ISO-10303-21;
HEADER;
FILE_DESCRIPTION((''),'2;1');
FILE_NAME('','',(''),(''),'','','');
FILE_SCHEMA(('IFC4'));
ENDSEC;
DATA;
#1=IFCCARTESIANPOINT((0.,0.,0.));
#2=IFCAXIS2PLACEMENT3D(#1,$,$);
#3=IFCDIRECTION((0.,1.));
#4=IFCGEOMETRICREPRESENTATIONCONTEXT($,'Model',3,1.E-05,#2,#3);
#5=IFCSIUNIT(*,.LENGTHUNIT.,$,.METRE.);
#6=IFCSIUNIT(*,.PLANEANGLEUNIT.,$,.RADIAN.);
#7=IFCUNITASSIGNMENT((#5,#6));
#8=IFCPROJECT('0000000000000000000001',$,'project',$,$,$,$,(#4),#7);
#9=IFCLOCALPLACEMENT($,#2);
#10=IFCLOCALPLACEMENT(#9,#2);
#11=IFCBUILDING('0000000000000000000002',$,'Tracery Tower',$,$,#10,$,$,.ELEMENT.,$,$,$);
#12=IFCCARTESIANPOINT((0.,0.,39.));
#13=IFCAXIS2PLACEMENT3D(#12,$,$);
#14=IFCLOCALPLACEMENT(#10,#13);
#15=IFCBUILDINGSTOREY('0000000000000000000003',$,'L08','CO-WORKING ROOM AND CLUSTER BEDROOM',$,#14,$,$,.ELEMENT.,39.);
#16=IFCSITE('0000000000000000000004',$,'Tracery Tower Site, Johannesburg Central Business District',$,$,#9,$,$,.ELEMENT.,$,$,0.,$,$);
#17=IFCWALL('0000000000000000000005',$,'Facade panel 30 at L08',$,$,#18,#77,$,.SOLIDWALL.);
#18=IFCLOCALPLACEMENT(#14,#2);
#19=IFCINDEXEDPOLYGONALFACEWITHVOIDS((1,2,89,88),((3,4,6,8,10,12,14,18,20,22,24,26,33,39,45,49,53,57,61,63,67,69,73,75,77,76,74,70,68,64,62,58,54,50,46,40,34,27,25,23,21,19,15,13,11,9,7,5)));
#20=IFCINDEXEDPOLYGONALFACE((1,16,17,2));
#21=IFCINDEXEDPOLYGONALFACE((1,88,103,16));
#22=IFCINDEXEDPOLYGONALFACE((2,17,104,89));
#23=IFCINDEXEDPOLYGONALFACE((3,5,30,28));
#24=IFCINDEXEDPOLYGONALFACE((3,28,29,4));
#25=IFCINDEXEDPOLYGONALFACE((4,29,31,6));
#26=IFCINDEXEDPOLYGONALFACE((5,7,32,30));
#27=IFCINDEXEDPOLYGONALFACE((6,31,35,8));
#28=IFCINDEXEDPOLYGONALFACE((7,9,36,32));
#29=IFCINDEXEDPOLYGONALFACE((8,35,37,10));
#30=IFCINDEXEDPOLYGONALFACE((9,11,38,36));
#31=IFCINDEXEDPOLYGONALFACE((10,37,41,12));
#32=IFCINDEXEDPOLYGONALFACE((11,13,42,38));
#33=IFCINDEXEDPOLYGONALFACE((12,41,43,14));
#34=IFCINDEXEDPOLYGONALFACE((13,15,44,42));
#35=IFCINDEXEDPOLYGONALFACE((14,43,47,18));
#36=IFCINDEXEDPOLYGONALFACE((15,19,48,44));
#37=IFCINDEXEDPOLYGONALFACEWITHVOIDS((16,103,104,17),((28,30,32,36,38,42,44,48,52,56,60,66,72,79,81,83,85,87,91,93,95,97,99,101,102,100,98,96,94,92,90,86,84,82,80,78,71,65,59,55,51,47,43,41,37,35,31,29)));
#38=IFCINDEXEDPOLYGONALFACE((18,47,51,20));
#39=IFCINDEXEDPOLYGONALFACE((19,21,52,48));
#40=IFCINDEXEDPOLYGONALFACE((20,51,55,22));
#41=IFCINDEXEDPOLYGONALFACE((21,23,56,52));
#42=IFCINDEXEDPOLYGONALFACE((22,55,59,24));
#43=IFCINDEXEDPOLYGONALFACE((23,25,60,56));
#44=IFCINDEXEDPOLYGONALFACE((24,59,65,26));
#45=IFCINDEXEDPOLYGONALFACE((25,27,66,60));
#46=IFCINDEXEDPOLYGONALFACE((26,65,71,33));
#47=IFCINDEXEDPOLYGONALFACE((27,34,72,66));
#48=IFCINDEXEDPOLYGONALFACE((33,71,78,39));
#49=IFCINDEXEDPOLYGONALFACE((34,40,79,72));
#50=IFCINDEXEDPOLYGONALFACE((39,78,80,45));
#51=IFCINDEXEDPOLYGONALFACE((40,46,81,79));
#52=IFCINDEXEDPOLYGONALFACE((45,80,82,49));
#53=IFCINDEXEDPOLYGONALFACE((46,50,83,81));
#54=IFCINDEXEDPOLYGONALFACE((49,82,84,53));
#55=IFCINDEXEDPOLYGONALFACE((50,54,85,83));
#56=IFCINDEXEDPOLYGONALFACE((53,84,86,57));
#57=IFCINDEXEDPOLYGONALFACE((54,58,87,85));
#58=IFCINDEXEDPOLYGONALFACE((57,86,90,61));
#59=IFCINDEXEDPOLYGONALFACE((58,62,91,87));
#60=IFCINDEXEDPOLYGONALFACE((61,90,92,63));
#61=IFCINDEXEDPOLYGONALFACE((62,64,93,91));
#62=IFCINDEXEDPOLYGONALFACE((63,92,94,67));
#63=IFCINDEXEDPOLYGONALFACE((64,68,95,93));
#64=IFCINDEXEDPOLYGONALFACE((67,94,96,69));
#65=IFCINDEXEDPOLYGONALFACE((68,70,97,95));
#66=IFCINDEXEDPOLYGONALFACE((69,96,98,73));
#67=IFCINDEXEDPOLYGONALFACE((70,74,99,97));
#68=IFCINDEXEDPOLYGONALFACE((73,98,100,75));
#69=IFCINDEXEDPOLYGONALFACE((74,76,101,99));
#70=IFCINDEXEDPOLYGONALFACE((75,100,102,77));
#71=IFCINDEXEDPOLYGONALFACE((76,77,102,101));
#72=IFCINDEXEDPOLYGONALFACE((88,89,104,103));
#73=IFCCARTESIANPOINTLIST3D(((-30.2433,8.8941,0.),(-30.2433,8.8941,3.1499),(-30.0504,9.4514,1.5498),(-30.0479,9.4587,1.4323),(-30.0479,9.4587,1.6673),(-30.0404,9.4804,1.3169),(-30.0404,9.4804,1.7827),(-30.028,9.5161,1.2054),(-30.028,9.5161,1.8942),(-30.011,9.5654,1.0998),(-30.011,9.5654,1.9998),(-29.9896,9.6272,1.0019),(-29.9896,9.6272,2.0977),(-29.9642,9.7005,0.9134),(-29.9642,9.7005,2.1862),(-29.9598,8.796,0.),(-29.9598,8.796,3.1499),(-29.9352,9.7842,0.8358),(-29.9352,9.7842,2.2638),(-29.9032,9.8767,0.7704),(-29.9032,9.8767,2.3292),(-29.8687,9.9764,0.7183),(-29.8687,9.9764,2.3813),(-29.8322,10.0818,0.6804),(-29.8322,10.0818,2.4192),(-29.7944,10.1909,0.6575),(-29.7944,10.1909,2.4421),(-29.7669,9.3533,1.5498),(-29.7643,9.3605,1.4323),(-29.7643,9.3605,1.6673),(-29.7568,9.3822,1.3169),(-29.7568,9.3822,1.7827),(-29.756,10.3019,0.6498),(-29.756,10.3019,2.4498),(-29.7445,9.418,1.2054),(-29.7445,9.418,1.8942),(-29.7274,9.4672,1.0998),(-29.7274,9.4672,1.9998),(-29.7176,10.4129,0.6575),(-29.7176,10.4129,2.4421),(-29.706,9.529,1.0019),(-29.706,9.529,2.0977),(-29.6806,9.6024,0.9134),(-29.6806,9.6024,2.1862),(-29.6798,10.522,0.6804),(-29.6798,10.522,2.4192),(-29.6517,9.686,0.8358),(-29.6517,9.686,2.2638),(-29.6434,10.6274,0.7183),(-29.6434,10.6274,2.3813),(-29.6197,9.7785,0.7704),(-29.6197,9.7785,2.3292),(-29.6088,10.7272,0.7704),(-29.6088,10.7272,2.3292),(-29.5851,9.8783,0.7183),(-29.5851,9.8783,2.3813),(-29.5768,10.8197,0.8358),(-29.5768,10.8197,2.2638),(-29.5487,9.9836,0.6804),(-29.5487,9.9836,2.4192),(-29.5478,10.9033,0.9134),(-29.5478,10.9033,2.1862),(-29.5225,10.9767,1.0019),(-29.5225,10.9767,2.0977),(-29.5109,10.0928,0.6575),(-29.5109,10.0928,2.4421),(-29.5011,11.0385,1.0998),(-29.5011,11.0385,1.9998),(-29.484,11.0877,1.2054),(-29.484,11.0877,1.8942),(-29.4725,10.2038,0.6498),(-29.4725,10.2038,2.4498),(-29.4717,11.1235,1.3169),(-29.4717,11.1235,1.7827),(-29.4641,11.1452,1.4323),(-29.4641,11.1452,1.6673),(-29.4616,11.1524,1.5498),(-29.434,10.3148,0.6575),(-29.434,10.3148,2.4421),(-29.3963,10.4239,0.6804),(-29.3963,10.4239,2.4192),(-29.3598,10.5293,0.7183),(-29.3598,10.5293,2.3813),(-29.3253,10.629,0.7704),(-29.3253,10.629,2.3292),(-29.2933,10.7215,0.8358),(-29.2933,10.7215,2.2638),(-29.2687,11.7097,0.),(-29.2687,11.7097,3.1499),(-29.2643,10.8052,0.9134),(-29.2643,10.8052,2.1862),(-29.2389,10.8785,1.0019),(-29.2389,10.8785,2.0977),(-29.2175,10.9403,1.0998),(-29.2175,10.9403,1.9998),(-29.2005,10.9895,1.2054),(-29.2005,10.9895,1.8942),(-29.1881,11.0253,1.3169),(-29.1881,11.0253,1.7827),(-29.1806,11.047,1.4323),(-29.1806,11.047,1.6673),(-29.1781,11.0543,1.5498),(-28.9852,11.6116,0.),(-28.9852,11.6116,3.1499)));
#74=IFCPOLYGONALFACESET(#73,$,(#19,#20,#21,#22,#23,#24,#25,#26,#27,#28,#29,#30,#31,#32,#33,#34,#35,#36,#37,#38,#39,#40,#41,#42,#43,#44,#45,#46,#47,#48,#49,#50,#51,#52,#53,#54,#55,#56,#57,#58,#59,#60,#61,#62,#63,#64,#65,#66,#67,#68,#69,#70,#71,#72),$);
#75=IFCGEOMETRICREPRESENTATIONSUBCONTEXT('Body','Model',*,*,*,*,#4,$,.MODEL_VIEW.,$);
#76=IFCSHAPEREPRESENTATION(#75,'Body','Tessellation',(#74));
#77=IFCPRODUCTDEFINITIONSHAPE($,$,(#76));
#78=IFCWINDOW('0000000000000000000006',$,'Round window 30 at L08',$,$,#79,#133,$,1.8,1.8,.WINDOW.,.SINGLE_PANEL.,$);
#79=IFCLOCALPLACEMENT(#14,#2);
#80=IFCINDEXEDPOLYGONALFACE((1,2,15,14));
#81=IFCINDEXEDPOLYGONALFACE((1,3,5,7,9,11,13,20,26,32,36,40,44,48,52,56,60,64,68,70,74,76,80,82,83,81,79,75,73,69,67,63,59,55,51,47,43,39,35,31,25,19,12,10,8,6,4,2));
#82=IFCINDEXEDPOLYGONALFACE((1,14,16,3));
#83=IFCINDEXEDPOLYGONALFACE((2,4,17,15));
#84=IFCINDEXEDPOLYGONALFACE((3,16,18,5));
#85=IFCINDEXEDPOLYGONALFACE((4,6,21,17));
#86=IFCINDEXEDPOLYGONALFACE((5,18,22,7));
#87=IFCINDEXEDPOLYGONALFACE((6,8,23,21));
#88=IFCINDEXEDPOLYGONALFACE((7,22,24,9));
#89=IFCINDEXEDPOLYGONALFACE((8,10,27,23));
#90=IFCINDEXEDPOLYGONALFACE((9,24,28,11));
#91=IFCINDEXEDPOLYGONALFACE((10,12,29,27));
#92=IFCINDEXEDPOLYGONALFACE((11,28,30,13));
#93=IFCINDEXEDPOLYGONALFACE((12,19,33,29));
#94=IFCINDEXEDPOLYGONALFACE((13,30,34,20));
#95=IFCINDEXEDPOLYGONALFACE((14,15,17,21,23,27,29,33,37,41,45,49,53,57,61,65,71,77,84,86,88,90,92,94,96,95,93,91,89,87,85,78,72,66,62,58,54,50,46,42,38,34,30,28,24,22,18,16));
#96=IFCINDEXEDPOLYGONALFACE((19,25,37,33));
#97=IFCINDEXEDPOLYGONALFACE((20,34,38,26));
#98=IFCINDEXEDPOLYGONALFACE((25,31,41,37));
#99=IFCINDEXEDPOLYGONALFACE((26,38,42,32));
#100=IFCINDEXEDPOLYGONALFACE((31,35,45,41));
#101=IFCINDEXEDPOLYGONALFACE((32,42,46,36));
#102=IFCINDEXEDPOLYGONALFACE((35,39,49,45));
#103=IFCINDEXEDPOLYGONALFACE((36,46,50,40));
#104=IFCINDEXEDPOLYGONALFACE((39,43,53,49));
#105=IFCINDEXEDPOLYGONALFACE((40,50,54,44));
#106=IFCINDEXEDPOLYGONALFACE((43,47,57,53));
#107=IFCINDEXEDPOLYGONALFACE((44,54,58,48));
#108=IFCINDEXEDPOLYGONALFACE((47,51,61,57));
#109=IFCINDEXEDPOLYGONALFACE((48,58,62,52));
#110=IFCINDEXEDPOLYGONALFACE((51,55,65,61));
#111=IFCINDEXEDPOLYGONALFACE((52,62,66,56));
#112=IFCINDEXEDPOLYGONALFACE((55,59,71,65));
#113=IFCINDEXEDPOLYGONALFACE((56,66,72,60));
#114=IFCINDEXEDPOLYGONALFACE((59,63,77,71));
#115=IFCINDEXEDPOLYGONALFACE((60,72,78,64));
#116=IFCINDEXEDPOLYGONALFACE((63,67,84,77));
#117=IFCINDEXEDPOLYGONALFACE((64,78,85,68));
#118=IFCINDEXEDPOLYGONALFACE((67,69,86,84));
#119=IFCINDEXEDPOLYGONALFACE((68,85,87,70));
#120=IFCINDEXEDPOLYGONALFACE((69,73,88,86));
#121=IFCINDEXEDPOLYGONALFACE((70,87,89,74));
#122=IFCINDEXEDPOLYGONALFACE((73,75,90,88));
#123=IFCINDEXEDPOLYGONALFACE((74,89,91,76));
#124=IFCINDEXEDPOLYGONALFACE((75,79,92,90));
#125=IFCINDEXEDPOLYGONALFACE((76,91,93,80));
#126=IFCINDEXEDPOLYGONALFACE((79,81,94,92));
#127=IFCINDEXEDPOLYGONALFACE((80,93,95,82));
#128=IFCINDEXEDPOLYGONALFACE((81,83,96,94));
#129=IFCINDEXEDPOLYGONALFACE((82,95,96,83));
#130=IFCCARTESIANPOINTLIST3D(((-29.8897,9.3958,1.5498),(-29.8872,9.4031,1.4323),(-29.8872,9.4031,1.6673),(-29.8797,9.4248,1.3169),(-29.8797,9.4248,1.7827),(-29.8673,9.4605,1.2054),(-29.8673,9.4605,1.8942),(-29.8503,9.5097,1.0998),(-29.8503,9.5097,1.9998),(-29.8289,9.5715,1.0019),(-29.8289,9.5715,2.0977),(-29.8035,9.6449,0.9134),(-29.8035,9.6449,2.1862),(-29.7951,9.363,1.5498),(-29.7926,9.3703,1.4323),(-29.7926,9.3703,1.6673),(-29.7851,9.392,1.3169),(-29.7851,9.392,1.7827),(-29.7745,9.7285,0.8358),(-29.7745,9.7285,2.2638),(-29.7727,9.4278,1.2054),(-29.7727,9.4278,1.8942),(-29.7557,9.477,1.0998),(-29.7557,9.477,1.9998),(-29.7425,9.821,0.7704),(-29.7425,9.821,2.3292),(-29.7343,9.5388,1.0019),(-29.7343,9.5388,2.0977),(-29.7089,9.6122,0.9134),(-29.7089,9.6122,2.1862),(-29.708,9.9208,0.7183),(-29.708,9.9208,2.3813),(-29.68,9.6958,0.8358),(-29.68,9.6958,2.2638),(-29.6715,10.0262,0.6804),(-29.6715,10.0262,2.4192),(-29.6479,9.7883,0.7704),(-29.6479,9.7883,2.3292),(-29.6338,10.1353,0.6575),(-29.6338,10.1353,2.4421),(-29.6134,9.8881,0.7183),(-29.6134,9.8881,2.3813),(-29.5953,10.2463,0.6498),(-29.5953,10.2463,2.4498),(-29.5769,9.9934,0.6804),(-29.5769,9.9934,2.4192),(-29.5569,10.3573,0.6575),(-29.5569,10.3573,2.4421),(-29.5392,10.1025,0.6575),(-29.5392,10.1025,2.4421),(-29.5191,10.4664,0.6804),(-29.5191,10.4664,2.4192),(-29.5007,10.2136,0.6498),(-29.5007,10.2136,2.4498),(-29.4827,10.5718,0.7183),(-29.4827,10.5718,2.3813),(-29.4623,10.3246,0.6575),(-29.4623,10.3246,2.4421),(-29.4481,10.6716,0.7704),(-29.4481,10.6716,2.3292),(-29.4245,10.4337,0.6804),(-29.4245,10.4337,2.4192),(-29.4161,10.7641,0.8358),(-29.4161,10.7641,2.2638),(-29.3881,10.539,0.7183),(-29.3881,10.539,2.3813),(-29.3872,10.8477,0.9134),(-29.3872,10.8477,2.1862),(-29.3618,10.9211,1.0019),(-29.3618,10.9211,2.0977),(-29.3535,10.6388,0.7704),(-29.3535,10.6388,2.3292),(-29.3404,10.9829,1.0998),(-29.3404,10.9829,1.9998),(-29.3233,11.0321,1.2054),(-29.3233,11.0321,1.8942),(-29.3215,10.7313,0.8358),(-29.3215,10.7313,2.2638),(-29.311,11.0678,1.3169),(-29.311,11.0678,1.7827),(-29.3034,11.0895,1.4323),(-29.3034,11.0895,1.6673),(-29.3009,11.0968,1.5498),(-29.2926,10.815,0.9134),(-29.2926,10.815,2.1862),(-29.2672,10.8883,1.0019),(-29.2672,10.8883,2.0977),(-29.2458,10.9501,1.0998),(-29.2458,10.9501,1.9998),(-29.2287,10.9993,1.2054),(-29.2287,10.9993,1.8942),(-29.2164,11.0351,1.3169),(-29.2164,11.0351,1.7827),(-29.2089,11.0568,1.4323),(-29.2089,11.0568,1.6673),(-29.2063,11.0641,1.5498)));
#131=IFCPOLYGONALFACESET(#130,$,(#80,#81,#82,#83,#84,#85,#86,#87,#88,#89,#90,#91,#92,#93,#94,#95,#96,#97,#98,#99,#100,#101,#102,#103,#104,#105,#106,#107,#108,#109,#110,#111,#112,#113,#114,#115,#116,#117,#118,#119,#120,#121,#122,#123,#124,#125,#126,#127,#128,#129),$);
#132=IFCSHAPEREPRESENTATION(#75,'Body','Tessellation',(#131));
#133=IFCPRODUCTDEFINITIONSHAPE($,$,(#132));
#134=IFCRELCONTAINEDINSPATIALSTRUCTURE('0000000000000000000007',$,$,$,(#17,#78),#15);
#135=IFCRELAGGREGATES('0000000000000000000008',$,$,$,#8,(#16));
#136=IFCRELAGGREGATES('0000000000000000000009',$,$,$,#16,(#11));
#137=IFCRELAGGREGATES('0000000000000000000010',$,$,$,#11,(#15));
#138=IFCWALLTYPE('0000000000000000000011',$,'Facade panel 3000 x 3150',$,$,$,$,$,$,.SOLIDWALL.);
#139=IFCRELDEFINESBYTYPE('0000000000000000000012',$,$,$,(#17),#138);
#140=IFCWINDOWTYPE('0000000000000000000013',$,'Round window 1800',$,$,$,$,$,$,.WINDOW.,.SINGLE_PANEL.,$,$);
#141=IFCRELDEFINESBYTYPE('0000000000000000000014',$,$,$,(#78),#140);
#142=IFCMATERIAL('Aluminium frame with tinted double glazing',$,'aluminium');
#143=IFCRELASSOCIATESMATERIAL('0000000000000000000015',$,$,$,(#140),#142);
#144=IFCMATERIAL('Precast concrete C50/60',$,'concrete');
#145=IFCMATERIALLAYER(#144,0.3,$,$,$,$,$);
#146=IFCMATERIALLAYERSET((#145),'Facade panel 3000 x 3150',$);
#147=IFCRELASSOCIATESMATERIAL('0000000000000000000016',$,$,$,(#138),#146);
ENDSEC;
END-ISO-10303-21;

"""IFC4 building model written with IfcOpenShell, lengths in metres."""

from ifc_helpers import new_model, si_unit, direction, frame, frame_2d, origin, origin_2d, place, context, subcontext, project, spatial, rectangle, circle, extrude, material, layer, layer_set, type_object, element, fill, save


model = new_model("IFC4")

# Units and contexts
model_context = context("Model", 3, precision=1e-05, world=origin(), true_north=direction((0.0, 1.0)))
body_context = subcontext(model_context, "Body", "Model", "MODEL_VIEW")
ifc_project = project(units=[si_unit("LENGTHUNIT", "METRE"), si_unit("PLANEANGLEUNIT", "RADIAN")], contexts=[model_context])

# Site, building, storey
site_placement = place(None, origin())
site = spatial("IfcSite", under=ifc_project, at=site_placement, Name="Tracery Tower Site, Johannesburg Central Business District", CompositionType="ELEMENT", RefElevation=0.0)
building_placement = place(site_placement, origin())
building = spatial("IfcBuilding", under=site, at=building_placement, Name="Tracery Tower", CompositionType="ELEMENT")
storey_placement = place(building_placement, frame((0.0, 0.0, 39.0)))
storey = spatial("IfcBuildingStorey", under=building, at=storey_placement, Name="L08", Description="CO-WORKING ROOM AND CLUSTER BEDROOM", CompositionType="ELEMENT", Elevation=39.0)

# Wall, opening, window
ifc_material_1 = material(Name="Aluminium frame with tinted double glazing", Category="aluminium")
window_type = type_object("IfcWindowType", Name="Round window 1800", PartitioningType="SINGLE_PANEL", PredefinedType="WINDOW", material=ifc_material_1)
ifc_material_2 = material(Name="Precast concrete C50/60", Category="concrete")
ifc_layer_1 = layer(ifc_material_2, 0.3)
ifc_layer_set_1 = layer_set([ifc_layer_1], Name="Facade panel 3000 x 3150")
wall_type_1 = type_object("IfcWallType", Name="Facade panel 3000 x 3150", PredefinedType="SOLIDWALL", material=ifc_layer_set_1)
wall_1_placement = place(storey_placement, frame((-29.127, 11.6606, 0.0), z_axis=(0.0, 0.0, 1.0), x_axis=(-0.327096, -0.944991, 0.0)))
wall_1 = element("IfcWall", 1, at=wall_1_placement, inside=storey, type_object=wall_type_1, Name="Facade panel 30 at L08", PredefinedType="SOLIDWALL", context=body_context, shape_type="SweptSolid", body=[
    extrude(rectangle(XDim=2.9795, YDim=0.3, at=frame_2d((1.4897, 0.0))), origin(), (0.0, 0.0, 1.0), 3.1499),
])
opening_1_placement = place(wall_1_placement, frame((1.4897, 0.0, 1.5498)))
opening_1 = element("IfcOpeningElement", 2, at=opening_1_placement, cuts=wall_1, PredefinedType="OPENING", context=body_context, shape_type="SweptSolid", body=[
    extrude(circle(Radius=0.9, at=origin_2d()), frame((0.0, 0.1599, 0.0), z_axis=(0.0, -1.0, 0.0), x_axis=(1.0, 0.0, 0.0)), (0.0, 0.0, 1.0), 0.3201),
])
window_1_placement = place(opening_1_placement, origin())
window_1 = element("IfcWindow", 3, at=window_1_placement, inside=storey, type_object=window_type, Name="Round window 30 at L08", OverallHeight=1.8, OverallWidth=1.8, PartitioningType="SINGLE_PANEL", PredefinedType="WINDOW", context=body_context, shape_type="SweptSolid", body=[
    extrude(circle(Radius=0.9, at=origin_2d()), frame((0.0, 0.1201, 0.0), z_axis=(0.0, -1.0, 0.0), x_axis=(1.0, 0.0, 0.0)), (0.0, 0.0, 1.0), 0.1001),
])
fill(opening_1, window_1)

save(model, "model.ifc")
